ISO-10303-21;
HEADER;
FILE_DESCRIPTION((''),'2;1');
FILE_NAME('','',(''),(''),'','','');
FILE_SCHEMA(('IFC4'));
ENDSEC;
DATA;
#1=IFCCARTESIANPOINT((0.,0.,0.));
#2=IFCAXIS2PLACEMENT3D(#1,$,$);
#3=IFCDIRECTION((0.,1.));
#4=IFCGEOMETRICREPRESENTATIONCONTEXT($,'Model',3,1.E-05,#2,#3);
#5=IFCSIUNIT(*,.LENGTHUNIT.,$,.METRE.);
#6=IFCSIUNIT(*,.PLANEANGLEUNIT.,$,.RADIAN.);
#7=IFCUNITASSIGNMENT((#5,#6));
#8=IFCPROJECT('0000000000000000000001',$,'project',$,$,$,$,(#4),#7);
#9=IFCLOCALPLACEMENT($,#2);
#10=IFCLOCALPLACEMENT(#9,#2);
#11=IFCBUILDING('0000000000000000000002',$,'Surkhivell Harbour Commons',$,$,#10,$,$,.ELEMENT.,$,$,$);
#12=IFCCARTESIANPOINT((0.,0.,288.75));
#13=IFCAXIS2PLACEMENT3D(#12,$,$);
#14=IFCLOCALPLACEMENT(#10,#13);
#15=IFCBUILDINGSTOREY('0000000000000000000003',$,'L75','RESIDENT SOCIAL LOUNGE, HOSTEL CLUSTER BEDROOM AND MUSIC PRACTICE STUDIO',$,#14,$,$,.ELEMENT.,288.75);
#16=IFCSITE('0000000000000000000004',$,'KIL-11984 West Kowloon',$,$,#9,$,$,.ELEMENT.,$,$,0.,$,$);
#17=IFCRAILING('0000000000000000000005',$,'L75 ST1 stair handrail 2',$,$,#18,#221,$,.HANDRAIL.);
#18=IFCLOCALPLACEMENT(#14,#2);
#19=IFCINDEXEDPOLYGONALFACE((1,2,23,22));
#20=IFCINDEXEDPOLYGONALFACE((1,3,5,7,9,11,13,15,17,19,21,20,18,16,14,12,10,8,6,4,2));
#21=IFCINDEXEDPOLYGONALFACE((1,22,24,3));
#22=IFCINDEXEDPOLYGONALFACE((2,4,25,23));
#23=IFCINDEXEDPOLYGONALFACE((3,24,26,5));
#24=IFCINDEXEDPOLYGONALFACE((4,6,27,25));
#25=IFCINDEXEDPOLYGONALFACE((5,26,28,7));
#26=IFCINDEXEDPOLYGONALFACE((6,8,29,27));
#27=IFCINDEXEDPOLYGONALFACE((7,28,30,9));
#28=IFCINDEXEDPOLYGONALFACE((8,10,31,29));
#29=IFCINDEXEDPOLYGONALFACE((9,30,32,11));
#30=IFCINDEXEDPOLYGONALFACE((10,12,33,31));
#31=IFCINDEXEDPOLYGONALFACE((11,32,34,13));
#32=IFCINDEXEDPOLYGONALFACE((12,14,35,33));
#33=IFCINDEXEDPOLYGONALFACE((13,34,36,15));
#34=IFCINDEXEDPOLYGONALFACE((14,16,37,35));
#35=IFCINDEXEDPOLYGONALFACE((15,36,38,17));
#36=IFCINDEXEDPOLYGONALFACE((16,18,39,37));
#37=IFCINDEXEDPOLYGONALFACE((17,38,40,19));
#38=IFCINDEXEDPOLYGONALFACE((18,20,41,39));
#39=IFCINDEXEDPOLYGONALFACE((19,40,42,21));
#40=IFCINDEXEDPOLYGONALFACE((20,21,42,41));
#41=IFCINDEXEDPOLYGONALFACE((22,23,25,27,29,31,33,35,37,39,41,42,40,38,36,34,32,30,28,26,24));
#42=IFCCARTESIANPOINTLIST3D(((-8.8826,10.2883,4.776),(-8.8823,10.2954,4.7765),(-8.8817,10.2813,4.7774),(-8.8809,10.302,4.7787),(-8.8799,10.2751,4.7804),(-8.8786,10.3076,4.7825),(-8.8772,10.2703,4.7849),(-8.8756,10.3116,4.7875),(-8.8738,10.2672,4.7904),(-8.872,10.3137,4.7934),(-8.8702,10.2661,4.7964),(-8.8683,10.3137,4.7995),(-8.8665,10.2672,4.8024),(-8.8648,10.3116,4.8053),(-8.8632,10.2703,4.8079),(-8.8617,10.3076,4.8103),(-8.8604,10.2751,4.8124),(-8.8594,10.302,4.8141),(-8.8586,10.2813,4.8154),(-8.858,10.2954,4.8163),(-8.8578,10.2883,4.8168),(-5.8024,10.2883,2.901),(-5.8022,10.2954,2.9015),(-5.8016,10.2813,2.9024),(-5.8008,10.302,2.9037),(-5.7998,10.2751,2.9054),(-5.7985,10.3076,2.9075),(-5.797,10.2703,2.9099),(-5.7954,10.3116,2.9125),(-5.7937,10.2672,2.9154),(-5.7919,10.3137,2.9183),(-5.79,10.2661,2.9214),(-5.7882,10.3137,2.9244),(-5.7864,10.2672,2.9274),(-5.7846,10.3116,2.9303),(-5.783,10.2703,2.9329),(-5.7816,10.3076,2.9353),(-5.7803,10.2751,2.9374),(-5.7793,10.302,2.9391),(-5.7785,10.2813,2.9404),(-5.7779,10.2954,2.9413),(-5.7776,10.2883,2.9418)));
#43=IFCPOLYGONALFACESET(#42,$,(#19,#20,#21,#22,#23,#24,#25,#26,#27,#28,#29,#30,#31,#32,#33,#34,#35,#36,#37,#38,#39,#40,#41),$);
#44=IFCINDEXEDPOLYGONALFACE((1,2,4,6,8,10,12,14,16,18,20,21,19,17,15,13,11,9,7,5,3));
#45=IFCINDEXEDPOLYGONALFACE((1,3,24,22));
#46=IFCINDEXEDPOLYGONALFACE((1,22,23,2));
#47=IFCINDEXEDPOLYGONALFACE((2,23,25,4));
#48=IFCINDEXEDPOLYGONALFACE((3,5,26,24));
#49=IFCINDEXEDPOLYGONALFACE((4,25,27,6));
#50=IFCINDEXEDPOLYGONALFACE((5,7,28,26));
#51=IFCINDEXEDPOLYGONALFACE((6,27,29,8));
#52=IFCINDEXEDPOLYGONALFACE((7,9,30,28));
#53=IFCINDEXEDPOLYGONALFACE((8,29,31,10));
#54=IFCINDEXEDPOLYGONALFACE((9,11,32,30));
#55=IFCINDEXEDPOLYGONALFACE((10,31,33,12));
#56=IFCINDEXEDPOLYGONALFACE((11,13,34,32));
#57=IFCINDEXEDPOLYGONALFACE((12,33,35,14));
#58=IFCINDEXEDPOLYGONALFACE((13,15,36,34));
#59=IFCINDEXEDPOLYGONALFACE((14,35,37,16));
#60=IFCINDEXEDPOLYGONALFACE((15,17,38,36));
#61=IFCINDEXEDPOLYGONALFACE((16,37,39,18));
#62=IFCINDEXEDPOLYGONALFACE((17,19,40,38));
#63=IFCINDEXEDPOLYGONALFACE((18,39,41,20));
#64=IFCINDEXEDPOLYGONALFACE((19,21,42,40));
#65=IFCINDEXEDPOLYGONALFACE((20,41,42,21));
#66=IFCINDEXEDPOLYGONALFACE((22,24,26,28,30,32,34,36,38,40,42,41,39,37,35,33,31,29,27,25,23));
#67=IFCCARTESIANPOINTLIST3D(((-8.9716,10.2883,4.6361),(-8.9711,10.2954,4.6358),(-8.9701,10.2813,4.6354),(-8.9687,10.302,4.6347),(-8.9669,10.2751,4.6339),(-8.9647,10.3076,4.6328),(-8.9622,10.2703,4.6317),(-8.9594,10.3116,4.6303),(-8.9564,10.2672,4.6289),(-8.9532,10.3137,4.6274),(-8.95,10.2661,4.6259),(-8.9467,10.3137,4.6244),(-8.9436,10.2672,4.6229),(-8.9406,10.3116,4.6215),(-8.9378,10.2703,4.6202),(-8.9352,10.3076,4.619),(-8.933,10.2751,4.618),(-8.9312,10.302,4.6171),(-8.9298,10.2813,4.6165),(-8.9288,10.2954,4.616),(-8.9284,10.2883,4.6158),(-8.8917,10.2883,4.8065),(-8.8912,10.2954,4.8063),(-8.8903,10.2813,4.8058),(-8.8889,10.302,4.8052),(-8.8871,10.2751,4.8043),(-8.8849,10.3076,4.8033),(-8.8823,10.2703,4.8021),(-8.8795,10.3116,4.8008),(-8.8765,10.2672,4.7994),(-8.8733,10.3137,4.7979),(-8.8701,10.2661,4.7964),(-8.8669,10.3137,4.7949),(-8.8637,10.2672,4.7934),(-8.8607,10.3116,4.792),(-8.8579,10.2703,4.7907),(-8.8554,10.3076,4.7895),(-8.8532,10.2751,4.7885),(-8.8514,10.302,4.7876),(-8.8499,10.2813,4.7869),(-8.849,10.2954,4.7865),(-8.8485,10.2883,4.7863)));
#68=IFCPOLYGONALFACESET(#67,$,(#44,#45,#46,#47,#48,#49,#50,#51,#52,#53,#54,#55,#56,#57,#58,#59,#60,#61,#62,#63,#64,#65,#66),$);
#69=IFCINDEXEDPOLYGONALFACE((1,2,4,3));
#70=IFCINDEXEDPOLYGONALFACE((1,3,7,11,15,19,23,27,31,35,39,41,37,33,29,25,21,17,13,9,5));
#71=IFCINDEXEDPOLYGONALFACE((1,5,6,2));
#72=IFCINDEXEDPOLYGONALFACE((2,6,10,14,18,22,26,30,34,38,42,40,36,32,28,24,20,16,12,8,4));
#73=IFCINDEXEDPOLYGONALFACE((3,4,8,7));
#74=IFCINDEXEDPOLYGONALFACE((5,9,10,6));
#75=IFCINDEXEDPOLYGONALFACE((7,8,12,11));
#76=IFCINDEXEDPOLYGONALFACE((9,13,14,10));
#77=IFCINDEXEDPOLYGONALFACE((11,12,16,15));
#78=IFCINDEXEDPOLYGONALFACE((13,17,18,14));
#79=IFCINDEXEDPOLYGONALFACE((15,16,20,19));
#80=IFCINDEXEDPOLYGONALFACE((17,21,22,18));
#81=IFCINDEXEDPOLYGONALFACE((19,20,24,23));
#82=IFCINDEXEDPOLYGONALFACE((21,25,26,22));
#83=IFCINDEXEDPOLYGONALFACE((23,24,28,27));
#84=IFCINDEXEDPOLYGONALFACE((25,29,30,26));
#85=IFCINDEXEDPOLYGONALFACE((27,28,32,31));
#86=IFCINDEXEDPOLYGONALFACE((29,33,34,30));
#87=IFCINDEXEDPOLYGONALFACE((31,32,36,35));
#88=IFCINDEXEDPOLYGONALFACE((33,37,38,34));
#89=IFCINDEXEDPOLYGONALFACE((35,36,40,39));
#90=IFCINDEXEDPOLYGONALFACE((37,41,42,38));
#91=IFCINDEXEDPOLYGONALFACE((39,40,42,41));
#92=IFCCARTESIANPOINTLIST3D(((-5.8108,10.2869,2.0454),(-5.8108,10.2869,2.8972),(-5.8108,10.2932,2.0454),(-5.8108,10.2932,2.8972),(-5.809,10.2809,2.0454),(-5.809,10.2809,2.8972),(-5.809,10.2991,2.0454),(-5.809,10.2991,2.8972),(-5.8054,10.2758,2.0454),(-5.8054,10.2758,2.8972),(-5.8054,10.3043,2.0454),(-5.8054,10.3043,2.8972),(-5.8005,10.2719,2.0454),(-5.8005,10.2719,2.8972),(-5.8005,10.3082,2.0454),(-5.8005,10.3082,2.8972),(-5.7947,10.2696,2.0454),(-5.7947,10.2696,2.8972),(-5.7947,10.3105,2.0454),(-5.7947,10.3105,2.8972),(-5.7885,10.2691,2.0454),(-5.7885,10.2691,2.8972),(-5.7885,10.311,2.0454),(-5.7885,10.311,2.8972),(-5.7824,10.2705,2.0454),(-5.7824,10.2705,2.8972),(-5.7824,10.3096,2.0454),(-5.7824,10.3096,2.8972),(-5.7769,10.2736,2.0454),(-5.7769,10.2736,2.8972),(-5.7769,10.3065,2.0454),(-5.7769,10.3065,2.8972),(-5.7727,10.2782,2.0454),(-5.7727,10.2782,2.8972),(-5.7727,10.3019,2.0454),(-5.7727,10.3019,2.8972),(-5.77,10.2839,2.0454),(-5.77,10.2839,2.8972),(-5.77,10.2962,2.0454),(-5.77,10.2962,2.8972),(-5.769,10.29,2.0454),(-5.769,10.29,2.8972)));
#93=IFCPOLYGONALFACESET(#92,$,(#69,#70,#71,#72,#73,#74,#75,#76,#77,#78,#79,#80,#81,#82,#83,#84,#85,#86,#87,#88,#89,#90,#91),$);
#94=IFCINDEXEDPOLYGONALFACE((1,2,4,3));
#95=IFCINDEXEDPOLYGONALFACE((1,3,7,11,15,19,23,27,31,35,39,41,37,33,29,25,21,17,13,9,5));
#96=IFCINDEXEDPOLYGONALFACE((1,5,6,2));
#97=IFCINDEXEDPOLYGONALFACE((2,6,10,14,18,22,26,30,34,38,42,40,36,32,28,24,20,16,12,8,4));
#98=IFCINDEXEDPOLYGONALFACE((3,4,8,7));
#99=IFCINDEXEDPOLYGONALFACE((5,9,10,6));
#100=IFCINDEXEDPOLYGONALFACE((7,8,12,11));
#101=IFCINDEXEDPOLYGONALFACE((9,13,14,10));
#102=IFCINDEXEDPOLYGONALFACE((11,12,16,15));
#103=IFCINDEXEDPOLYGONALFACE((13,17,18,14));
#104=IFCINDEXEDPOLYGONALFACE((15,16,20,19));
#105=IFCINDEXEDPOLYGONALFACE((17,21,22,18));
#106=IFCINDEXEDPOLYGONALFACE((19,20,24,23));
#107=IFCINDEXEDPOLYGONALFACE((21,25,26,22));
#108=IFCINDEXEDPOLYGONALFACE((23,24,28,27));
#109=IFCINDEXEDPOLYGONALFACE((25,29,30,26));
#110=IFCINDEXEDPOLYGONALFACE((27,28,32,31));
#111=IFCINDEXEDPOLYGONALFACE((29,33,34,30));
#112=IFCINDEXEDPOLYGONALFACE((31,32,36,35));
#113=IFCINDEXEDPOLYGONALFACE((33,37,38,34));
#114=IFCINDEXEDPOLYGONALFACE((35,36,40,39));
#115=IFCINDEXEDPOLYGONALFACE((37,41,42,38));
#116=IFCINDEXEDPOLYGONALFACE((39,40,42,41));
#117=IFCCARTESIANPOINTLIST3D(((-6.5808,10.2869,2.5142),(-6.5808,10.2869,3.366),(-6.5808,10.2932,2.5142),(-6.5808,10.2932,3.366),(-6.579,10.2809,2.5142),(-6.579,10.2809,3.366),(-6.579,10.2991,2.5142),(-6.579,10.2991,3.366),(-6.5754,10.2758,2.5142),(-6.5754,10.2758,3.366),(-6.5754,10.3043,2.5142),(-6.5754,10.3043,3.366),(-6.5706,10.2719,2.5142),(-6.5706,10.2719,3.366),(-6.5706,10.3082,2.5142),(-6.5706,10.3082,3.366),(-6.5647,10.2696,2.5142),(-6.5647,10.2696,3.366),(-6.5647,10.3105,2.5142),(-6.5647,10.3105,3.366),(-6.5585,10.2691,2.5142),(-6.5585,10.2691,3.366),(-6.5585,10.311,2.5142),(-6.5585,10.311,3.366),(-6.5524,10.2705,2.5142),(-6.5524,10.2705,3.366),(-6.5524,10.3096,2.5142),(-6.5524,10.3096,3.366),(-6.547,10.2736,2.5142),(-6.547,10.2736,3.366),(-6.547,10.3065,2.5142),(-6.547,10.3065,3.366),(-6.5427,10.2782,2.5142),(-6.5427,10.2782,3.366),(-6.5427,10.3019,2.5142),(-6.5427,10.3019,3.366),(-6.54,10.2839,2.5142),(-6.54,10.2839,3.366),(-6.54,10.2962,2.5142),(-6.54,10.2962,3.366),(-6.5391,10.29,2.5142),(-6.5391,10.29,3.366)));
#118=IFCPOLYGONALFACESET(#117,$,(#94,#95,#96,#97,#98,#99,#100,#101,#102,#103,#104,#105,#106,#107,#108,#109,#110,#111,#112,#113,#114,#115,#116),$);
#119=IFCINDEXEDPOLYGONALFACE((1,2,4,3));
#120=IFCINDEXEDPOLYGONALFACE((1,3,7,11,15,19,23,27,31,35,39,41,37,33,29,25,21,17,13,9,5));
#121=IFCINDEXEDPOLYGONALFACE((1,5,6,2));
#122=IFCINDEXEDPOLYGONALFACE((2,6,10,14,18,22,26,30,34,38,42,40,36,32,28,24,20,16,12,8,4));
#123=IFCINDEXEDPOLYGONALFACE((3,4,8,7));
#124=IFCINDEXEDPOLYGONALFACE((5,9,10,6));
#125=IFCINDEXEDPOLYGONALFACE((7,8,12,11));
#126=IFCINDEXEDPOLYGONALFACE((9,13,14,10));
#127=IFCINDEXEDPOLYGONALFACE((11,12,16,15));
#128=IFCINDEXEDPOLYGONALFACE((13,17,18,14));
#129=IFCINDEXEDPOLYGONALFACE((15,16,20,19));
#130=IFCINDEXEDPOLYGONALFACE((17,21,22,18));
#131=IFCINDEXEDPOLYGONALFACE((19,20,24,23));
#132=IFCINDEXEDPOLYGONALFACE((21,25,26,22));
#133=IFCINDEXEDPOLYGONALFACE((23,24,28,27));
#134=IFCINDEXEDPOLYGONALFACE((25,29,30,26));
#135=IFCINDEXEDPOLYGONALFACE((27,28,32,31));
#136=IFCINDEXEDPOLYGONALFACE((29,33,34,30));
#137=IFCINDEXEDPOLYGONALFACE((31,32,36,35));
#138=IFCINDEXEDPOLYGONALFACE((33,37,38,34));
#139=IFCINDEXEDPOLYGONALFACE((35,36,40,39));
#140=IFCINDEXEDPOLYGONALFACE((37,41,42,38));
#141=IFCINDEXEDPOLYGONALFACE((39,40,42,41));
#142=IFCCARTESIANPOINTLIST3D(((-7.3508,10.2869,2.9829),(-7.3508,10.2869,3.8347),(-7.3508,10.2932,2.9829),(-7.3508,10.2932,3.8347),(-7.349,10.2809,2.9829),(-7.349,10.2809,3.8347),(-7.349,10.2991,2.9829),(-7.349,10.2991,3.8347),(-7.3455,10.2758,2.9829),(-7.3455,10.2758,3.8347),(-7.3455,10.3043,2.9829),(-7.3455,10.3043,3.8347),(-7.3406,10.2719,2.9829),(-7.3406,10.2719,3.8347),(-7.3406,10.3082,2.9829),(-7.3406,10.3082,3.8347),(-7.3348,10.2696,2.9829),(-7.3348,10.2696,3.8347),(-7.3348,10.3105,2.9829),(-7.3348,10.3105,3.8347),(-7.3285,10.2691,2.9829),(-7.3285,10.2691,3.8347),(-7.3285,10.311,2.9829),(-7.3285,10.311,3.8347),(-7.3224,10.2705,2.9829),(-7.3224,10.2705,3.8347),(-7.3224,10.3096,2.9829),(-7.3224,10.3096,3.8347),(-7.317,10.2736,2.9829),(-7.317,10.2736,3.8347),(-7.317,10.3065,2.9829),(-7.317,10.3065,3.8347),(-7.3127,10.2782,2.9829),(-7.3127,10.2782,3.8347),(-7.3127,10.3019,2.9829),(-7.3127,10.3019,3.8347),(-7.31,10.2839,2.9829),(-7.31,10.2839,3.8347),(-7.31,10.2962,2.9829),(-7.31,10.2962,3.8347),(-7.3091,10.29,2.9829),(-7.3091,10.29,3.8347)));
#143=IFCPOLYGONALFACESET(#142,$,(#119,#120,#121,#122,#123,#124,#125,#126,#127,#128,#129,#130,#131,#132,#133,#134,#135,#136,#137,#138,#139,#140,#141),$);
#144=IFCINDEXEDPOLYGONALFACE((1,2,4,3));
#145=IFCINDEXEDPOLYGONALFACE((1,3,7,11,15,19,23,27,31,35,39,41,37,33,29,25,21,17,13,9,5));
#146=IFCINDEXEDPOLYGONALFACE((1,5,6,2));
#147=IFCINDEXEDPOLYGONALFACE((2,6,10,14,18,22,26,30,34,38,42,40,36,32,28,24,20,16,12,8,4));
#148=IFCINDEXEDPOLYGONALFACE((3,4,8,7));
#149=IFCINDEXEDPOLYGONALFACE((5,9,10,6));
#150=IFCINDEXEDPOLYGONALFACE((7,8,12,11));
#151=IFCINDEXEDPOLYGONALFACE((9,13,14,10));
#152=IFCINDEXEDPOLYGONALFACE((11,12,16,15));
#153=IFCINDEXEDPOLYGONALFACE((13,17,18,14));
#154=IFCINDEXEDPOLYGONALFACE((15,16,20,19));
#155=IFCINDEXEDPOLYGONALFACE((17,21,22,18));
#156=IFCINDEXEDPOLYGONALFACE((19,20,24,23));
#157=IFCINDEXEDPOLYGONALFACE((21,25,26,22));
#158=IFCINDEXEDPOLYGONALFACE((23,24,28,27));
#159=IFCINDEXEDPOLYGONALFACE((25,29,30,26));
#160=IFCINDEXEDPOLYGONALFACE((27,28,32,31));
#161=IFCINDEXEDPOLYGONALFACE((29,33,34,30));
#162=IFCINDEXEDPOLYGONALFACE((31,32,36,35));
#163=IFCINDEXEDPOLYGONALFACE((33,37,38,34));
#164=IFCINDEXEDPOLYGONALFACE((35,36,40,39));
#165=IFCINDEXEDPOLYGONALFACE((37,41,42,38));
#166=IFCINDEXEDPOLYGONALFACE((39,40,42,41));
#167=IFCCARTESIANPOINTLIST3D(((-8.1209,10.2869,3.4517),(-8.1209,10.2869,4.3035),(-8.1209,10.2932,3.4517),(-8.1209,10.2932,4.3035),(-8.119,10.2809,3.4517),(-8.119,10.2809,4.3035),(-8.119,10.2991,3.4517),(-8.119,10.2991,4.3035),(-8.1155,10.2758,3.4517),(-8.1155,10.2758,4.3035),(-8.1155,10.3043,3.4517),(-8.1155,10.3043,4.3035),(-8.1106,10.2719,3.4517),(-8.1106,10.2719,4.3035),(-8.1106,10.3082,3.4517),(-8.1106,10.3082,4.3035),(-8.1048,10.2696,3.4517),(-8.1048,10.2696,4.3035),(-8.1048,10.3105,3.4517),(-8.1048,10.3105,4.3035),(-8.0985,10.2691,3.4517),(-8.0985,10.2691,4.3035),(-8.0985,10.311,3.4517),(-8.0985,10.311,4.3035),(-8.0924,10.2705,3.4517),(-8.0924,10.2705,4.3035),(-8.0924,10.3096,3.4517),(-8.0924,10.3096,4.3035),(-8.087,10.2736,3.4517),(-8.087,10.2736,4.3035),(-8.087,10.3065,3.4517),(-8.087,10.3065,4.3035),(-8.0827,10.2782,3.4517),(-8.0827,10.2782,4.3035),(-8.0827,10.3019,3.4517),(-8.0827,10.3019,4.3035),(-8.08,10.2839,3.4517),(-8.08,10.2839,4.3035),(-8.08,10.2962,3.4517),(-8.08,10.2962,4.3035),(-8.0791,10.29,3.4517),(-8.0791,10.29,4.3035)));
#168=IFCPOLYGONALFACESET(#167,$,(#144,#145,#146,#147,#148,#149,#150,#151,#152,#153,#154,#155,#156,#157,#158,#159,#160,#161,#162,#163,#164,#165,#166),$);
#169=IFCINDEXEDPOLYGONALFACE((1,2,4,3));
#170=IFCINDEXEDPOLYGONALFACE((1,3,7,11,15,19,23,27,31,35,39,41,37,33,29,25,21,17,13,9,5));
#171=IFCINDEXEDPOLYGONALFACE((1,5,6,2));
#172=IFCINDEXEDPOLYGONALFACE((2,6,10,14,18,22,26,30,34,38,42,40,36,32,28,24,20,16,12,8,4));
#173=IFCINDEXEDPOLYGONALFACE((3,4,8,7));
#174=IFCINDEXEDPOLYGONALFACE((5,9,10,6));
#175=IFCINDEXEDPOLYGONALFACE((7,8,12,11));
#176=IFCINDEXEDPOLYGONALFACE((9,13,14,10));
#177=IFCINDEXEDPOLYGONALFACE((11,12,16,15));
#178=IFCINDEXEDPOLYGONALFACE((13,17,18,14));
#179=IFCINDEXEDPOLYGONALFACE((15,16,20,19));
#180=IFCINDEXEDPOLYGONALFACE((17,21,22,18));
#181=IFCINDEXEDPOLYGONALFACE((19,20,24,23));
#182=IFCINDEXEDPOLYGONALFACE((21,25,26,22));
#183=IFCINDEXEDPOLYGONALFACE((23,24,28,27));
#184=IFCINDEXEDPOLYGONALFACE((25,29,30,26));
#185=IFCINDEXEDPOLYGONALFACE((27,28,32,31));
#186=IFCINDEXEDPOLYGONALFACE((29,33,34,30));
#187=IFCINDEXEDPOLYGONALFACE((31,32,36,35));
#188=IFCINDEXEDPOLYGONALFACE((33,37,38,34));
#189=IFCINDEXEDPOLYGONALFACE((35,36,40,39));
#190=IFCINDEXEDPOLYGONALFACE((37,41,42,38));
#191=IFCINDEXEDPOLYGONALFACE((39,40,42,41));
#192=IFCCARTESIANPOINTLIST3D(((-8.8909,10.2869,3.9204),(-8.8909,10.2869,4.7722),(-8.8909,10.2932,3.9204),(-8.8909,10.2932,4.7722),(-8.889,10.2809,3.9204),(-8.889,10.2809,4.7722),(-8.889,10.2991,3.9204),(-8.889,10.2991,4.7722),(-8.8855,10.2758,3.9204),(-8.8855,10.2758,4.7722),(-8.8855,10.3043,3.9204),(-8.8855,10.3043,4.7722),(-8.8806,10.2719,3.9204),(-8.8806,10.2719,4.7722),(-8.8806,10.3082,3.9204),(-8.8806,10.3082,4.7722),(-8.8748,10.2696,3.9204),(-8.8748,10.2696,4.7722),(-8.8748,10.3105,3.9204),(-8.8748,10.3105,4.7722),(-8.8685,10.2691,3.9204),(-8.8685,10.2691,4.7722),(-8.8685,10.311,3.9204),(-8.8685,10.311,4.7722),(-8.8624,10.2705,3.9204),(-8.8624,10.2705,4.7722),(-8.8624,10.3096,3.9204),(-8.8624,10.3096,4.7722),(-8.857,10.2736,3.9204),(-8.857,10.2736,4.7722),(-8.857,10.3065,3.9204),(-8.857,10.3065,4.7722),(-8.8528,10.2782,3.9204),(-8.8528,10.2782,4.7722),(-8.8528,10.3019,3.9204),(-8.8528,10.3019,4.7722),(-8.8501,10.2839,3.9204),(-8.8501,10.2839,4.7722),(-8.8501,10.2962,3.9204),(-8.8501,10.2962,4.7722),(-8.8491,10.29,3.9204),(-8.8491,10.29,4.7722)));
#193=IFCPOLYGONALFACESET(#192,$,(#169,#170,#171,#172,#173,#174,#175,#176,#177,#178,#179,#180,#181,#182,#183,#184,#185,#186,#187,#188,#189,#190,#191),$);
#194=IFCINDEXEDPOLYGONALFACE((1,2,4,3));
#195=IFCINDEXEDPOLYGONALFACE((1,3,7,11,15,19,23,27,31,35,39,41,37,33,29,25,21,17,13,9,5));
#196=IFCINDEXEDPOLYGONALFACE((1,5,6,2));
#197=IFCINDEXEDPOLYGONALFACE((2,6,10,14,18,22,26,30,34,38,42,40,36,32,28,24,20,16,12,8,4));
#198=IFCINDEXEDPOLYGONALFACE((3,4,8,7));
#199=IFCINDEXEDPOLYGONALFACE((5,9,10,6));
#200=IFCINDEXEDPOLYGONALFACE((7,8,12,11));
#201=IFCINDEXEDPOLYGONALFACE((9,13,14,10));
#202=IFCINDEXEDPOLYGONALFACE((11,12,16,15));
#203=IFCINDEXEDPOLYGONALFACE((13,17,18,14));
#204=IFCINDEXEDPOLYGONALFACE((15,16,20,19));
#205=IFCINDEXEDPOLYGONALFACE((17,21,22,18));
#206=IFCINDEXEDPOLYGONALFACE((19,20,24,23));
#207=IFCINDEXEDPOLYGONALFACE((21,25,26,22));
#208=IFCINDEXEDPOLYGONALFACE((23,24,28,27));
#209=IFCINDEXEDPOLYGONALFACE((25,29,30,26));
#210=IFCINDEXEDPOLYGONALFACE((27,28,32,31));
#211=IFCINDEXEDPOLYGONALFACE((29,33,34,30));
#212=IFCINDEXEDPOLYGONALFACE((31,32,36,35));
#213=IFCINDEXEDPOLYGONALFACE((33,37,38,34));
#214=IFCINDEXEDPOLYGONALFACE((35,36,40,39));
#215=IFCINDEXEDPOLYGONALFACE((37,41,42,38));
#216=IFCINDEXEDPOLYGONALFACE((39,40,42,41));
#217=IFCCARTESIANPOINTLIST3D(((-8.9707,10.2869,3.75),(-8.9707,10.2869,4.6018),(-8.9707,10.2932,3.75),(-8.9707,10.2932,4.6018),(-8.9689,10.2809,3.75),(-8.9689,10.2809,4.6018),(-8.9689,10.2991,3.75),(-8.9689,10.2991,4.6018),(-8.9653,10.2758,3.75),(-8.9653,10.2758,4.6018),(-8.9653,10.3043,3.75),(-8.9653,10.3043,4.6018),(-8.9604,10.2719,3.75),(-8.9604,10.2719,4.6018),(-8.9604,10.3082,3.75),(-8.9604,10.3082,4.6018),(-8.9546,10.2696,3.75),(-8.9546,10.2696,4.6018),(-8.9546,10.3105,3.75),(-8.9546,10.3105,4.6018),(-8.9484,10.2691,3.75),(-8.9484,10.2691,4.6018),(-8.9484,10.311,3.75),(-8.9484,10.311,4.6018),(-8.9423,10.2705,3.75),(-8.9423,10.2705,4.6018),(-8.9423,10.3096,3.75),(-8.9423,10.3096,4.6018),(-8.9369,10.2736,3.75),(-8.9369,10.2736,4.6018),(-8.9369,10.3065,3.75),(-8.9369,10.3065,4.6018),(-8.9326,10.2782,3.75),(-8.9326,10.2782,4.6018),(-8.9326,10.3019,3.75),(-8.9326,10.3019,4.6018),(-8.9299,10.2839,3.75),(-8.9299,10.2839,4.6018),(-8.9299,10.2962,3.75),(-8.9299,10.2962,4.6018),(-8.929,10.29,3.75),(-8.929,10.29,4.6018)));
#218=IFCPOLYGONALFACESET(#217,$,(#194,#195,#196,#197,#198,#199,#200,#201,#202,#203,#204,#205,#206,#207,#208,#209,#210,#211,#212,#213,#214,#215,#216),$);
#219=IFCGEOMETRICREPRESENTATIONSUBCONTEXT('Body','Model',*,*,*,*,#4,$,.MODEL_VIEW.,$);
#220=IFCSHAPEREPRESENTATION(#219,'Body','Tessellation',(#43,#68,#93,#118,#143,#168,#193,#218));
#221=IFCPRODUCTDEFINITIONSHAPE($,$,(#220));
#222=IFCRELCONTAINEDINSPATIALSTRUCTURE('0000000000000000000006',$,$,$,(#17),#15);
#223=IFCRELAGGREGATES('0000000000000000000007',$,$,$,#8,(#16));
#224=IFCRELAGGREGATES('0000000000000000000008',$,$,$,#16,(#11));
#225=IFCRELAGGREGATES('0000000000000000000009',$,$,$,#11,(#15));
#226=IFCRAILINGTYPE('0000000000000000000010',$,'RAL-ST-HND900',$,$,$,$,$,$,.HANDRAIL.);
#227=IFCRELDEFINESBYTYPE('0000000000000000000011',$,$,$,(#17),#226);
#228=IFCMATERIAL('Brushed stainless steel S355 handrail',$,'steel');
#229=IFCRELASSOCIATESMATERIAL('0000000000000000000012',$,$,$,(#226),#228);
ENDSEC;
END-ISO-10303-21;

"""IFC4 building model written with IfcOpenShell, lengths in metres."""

from ifc_helpers import new_model, si_unit, direction, frame, origin, origin_2d, place, context, subcontext, project, spatial, circle, extrude, material, type_object, element, save


model = new_model("IFC4")

# Units and contexts
model_context = context("Model", 3, precision=1e-05, world=origin(), true_north=direction((0.0, 1.0)))
body_context = subcontext(model_context, "Body", "Model", "MODEL_VIEW")
ifc_project = project(units=[si_unit("LENGTHUNIT", "METRE"), si_unit("PLANEANGLEUNIT", "RADIAN")], contexts=[model_context])

# Site, building, storey
site_placement = place(None, origin())
site = spatial("IfcSite", under=ifc_project, at=site_placement, Name="KIL-11984 West Kowloon", CompositionType="ELEMENT", RefElevation=0.0)
building_placement = place(site_placement, origin())
building = spatial("IfcBuilding", under=site, at=building_placement, Name="Surkhivell Harbour Commons", CompositionType="ELEMENT")
storey_placement = place(building_placement, frame((0.0, 0.0, 288.75)))
storey = spatial("IfcBuildingStorey", under=building, at=storey_placement, Name="L75", Description="RESIDENT SOCIAL LOUNGE, HOSTEL CLUSTER BEDROOM AND MUSIC PRACTICE STUDIO", CompositionType="ELEMENT", Elevation=288.75)

# Railing
ifc_material_1 = material(Name="Brushed stainless steel S355 handrail", Category="steel")
railing_type_1 = type_object("IfcRailingType", Name="RAL-ST-HND900", PredefinedType="HANDRAIL", material=ifc_material_1)
railing_1_placement = place(storey_placement, frame((-5.79, 10.29, 2.0454)))
element("IfcRailing", 1, at=railing_1_placement, inside=storey, type_object=railing_type_1, Name="L75 ST1 stair handrail 2", PredefinedType="HANDRAIL", context=body_context, shape_type="SweptSolid", body=[
    extrude(circle(Radius=0.0239, at=origin_2d()), frame((0.0, 0.0, 0.876), z_axis=(-0.854178, 0.0, 0.519981), x_axis=(0.0, -1.0, 0.0)), (0.0, 0.0, 1.0), 3.606),
    extrude(circle(Radius=0.0239, at=origin_2d()), frame((-3.0801, 0.0, 2.751), z_axis=(-0.424234, 0.0, -0.905552), x_axis=(0.0, -1.0, 0.0)), (0.0, 0.0, 1.0), 0.1882),
    extrude(circle(Radius=0.021, at=origin_2d()), origin(), (0.0, 0.0, 1.0), 0.8518),
    extrude(circle(Radius=0.021, at=origin_2d()), frame((-0.77, 0.0, 0.4688)), (0.0, 0.0, 1.0), 0.8518),
    extrude(circle(Radius=0.021, at=origin_2d()), frame((-1.54, 0.0, 0.9375)), (0.0, 0.0, 1.0), 0.8518),
    extrude(circle(Radius=0.021, at=origin_2d()), frame((-2.3101, 0.0, 1.4062)), (0.0, 0.0, 1.0), 0.8518),
    extrude(circle(Radius=0.021, at=origin_2d()), frame((-3.0801, 0.0, 1.875)), (0.0, 0.0, 1.0), 0.8518),
    extrude(circle(Radius=0.021, at=origin_2d()), frame((-3.1599, 0.0, 1.7046)), (0.0, 0.0, 1.0), 0.8518),
])

save(model, "model.ifc")
